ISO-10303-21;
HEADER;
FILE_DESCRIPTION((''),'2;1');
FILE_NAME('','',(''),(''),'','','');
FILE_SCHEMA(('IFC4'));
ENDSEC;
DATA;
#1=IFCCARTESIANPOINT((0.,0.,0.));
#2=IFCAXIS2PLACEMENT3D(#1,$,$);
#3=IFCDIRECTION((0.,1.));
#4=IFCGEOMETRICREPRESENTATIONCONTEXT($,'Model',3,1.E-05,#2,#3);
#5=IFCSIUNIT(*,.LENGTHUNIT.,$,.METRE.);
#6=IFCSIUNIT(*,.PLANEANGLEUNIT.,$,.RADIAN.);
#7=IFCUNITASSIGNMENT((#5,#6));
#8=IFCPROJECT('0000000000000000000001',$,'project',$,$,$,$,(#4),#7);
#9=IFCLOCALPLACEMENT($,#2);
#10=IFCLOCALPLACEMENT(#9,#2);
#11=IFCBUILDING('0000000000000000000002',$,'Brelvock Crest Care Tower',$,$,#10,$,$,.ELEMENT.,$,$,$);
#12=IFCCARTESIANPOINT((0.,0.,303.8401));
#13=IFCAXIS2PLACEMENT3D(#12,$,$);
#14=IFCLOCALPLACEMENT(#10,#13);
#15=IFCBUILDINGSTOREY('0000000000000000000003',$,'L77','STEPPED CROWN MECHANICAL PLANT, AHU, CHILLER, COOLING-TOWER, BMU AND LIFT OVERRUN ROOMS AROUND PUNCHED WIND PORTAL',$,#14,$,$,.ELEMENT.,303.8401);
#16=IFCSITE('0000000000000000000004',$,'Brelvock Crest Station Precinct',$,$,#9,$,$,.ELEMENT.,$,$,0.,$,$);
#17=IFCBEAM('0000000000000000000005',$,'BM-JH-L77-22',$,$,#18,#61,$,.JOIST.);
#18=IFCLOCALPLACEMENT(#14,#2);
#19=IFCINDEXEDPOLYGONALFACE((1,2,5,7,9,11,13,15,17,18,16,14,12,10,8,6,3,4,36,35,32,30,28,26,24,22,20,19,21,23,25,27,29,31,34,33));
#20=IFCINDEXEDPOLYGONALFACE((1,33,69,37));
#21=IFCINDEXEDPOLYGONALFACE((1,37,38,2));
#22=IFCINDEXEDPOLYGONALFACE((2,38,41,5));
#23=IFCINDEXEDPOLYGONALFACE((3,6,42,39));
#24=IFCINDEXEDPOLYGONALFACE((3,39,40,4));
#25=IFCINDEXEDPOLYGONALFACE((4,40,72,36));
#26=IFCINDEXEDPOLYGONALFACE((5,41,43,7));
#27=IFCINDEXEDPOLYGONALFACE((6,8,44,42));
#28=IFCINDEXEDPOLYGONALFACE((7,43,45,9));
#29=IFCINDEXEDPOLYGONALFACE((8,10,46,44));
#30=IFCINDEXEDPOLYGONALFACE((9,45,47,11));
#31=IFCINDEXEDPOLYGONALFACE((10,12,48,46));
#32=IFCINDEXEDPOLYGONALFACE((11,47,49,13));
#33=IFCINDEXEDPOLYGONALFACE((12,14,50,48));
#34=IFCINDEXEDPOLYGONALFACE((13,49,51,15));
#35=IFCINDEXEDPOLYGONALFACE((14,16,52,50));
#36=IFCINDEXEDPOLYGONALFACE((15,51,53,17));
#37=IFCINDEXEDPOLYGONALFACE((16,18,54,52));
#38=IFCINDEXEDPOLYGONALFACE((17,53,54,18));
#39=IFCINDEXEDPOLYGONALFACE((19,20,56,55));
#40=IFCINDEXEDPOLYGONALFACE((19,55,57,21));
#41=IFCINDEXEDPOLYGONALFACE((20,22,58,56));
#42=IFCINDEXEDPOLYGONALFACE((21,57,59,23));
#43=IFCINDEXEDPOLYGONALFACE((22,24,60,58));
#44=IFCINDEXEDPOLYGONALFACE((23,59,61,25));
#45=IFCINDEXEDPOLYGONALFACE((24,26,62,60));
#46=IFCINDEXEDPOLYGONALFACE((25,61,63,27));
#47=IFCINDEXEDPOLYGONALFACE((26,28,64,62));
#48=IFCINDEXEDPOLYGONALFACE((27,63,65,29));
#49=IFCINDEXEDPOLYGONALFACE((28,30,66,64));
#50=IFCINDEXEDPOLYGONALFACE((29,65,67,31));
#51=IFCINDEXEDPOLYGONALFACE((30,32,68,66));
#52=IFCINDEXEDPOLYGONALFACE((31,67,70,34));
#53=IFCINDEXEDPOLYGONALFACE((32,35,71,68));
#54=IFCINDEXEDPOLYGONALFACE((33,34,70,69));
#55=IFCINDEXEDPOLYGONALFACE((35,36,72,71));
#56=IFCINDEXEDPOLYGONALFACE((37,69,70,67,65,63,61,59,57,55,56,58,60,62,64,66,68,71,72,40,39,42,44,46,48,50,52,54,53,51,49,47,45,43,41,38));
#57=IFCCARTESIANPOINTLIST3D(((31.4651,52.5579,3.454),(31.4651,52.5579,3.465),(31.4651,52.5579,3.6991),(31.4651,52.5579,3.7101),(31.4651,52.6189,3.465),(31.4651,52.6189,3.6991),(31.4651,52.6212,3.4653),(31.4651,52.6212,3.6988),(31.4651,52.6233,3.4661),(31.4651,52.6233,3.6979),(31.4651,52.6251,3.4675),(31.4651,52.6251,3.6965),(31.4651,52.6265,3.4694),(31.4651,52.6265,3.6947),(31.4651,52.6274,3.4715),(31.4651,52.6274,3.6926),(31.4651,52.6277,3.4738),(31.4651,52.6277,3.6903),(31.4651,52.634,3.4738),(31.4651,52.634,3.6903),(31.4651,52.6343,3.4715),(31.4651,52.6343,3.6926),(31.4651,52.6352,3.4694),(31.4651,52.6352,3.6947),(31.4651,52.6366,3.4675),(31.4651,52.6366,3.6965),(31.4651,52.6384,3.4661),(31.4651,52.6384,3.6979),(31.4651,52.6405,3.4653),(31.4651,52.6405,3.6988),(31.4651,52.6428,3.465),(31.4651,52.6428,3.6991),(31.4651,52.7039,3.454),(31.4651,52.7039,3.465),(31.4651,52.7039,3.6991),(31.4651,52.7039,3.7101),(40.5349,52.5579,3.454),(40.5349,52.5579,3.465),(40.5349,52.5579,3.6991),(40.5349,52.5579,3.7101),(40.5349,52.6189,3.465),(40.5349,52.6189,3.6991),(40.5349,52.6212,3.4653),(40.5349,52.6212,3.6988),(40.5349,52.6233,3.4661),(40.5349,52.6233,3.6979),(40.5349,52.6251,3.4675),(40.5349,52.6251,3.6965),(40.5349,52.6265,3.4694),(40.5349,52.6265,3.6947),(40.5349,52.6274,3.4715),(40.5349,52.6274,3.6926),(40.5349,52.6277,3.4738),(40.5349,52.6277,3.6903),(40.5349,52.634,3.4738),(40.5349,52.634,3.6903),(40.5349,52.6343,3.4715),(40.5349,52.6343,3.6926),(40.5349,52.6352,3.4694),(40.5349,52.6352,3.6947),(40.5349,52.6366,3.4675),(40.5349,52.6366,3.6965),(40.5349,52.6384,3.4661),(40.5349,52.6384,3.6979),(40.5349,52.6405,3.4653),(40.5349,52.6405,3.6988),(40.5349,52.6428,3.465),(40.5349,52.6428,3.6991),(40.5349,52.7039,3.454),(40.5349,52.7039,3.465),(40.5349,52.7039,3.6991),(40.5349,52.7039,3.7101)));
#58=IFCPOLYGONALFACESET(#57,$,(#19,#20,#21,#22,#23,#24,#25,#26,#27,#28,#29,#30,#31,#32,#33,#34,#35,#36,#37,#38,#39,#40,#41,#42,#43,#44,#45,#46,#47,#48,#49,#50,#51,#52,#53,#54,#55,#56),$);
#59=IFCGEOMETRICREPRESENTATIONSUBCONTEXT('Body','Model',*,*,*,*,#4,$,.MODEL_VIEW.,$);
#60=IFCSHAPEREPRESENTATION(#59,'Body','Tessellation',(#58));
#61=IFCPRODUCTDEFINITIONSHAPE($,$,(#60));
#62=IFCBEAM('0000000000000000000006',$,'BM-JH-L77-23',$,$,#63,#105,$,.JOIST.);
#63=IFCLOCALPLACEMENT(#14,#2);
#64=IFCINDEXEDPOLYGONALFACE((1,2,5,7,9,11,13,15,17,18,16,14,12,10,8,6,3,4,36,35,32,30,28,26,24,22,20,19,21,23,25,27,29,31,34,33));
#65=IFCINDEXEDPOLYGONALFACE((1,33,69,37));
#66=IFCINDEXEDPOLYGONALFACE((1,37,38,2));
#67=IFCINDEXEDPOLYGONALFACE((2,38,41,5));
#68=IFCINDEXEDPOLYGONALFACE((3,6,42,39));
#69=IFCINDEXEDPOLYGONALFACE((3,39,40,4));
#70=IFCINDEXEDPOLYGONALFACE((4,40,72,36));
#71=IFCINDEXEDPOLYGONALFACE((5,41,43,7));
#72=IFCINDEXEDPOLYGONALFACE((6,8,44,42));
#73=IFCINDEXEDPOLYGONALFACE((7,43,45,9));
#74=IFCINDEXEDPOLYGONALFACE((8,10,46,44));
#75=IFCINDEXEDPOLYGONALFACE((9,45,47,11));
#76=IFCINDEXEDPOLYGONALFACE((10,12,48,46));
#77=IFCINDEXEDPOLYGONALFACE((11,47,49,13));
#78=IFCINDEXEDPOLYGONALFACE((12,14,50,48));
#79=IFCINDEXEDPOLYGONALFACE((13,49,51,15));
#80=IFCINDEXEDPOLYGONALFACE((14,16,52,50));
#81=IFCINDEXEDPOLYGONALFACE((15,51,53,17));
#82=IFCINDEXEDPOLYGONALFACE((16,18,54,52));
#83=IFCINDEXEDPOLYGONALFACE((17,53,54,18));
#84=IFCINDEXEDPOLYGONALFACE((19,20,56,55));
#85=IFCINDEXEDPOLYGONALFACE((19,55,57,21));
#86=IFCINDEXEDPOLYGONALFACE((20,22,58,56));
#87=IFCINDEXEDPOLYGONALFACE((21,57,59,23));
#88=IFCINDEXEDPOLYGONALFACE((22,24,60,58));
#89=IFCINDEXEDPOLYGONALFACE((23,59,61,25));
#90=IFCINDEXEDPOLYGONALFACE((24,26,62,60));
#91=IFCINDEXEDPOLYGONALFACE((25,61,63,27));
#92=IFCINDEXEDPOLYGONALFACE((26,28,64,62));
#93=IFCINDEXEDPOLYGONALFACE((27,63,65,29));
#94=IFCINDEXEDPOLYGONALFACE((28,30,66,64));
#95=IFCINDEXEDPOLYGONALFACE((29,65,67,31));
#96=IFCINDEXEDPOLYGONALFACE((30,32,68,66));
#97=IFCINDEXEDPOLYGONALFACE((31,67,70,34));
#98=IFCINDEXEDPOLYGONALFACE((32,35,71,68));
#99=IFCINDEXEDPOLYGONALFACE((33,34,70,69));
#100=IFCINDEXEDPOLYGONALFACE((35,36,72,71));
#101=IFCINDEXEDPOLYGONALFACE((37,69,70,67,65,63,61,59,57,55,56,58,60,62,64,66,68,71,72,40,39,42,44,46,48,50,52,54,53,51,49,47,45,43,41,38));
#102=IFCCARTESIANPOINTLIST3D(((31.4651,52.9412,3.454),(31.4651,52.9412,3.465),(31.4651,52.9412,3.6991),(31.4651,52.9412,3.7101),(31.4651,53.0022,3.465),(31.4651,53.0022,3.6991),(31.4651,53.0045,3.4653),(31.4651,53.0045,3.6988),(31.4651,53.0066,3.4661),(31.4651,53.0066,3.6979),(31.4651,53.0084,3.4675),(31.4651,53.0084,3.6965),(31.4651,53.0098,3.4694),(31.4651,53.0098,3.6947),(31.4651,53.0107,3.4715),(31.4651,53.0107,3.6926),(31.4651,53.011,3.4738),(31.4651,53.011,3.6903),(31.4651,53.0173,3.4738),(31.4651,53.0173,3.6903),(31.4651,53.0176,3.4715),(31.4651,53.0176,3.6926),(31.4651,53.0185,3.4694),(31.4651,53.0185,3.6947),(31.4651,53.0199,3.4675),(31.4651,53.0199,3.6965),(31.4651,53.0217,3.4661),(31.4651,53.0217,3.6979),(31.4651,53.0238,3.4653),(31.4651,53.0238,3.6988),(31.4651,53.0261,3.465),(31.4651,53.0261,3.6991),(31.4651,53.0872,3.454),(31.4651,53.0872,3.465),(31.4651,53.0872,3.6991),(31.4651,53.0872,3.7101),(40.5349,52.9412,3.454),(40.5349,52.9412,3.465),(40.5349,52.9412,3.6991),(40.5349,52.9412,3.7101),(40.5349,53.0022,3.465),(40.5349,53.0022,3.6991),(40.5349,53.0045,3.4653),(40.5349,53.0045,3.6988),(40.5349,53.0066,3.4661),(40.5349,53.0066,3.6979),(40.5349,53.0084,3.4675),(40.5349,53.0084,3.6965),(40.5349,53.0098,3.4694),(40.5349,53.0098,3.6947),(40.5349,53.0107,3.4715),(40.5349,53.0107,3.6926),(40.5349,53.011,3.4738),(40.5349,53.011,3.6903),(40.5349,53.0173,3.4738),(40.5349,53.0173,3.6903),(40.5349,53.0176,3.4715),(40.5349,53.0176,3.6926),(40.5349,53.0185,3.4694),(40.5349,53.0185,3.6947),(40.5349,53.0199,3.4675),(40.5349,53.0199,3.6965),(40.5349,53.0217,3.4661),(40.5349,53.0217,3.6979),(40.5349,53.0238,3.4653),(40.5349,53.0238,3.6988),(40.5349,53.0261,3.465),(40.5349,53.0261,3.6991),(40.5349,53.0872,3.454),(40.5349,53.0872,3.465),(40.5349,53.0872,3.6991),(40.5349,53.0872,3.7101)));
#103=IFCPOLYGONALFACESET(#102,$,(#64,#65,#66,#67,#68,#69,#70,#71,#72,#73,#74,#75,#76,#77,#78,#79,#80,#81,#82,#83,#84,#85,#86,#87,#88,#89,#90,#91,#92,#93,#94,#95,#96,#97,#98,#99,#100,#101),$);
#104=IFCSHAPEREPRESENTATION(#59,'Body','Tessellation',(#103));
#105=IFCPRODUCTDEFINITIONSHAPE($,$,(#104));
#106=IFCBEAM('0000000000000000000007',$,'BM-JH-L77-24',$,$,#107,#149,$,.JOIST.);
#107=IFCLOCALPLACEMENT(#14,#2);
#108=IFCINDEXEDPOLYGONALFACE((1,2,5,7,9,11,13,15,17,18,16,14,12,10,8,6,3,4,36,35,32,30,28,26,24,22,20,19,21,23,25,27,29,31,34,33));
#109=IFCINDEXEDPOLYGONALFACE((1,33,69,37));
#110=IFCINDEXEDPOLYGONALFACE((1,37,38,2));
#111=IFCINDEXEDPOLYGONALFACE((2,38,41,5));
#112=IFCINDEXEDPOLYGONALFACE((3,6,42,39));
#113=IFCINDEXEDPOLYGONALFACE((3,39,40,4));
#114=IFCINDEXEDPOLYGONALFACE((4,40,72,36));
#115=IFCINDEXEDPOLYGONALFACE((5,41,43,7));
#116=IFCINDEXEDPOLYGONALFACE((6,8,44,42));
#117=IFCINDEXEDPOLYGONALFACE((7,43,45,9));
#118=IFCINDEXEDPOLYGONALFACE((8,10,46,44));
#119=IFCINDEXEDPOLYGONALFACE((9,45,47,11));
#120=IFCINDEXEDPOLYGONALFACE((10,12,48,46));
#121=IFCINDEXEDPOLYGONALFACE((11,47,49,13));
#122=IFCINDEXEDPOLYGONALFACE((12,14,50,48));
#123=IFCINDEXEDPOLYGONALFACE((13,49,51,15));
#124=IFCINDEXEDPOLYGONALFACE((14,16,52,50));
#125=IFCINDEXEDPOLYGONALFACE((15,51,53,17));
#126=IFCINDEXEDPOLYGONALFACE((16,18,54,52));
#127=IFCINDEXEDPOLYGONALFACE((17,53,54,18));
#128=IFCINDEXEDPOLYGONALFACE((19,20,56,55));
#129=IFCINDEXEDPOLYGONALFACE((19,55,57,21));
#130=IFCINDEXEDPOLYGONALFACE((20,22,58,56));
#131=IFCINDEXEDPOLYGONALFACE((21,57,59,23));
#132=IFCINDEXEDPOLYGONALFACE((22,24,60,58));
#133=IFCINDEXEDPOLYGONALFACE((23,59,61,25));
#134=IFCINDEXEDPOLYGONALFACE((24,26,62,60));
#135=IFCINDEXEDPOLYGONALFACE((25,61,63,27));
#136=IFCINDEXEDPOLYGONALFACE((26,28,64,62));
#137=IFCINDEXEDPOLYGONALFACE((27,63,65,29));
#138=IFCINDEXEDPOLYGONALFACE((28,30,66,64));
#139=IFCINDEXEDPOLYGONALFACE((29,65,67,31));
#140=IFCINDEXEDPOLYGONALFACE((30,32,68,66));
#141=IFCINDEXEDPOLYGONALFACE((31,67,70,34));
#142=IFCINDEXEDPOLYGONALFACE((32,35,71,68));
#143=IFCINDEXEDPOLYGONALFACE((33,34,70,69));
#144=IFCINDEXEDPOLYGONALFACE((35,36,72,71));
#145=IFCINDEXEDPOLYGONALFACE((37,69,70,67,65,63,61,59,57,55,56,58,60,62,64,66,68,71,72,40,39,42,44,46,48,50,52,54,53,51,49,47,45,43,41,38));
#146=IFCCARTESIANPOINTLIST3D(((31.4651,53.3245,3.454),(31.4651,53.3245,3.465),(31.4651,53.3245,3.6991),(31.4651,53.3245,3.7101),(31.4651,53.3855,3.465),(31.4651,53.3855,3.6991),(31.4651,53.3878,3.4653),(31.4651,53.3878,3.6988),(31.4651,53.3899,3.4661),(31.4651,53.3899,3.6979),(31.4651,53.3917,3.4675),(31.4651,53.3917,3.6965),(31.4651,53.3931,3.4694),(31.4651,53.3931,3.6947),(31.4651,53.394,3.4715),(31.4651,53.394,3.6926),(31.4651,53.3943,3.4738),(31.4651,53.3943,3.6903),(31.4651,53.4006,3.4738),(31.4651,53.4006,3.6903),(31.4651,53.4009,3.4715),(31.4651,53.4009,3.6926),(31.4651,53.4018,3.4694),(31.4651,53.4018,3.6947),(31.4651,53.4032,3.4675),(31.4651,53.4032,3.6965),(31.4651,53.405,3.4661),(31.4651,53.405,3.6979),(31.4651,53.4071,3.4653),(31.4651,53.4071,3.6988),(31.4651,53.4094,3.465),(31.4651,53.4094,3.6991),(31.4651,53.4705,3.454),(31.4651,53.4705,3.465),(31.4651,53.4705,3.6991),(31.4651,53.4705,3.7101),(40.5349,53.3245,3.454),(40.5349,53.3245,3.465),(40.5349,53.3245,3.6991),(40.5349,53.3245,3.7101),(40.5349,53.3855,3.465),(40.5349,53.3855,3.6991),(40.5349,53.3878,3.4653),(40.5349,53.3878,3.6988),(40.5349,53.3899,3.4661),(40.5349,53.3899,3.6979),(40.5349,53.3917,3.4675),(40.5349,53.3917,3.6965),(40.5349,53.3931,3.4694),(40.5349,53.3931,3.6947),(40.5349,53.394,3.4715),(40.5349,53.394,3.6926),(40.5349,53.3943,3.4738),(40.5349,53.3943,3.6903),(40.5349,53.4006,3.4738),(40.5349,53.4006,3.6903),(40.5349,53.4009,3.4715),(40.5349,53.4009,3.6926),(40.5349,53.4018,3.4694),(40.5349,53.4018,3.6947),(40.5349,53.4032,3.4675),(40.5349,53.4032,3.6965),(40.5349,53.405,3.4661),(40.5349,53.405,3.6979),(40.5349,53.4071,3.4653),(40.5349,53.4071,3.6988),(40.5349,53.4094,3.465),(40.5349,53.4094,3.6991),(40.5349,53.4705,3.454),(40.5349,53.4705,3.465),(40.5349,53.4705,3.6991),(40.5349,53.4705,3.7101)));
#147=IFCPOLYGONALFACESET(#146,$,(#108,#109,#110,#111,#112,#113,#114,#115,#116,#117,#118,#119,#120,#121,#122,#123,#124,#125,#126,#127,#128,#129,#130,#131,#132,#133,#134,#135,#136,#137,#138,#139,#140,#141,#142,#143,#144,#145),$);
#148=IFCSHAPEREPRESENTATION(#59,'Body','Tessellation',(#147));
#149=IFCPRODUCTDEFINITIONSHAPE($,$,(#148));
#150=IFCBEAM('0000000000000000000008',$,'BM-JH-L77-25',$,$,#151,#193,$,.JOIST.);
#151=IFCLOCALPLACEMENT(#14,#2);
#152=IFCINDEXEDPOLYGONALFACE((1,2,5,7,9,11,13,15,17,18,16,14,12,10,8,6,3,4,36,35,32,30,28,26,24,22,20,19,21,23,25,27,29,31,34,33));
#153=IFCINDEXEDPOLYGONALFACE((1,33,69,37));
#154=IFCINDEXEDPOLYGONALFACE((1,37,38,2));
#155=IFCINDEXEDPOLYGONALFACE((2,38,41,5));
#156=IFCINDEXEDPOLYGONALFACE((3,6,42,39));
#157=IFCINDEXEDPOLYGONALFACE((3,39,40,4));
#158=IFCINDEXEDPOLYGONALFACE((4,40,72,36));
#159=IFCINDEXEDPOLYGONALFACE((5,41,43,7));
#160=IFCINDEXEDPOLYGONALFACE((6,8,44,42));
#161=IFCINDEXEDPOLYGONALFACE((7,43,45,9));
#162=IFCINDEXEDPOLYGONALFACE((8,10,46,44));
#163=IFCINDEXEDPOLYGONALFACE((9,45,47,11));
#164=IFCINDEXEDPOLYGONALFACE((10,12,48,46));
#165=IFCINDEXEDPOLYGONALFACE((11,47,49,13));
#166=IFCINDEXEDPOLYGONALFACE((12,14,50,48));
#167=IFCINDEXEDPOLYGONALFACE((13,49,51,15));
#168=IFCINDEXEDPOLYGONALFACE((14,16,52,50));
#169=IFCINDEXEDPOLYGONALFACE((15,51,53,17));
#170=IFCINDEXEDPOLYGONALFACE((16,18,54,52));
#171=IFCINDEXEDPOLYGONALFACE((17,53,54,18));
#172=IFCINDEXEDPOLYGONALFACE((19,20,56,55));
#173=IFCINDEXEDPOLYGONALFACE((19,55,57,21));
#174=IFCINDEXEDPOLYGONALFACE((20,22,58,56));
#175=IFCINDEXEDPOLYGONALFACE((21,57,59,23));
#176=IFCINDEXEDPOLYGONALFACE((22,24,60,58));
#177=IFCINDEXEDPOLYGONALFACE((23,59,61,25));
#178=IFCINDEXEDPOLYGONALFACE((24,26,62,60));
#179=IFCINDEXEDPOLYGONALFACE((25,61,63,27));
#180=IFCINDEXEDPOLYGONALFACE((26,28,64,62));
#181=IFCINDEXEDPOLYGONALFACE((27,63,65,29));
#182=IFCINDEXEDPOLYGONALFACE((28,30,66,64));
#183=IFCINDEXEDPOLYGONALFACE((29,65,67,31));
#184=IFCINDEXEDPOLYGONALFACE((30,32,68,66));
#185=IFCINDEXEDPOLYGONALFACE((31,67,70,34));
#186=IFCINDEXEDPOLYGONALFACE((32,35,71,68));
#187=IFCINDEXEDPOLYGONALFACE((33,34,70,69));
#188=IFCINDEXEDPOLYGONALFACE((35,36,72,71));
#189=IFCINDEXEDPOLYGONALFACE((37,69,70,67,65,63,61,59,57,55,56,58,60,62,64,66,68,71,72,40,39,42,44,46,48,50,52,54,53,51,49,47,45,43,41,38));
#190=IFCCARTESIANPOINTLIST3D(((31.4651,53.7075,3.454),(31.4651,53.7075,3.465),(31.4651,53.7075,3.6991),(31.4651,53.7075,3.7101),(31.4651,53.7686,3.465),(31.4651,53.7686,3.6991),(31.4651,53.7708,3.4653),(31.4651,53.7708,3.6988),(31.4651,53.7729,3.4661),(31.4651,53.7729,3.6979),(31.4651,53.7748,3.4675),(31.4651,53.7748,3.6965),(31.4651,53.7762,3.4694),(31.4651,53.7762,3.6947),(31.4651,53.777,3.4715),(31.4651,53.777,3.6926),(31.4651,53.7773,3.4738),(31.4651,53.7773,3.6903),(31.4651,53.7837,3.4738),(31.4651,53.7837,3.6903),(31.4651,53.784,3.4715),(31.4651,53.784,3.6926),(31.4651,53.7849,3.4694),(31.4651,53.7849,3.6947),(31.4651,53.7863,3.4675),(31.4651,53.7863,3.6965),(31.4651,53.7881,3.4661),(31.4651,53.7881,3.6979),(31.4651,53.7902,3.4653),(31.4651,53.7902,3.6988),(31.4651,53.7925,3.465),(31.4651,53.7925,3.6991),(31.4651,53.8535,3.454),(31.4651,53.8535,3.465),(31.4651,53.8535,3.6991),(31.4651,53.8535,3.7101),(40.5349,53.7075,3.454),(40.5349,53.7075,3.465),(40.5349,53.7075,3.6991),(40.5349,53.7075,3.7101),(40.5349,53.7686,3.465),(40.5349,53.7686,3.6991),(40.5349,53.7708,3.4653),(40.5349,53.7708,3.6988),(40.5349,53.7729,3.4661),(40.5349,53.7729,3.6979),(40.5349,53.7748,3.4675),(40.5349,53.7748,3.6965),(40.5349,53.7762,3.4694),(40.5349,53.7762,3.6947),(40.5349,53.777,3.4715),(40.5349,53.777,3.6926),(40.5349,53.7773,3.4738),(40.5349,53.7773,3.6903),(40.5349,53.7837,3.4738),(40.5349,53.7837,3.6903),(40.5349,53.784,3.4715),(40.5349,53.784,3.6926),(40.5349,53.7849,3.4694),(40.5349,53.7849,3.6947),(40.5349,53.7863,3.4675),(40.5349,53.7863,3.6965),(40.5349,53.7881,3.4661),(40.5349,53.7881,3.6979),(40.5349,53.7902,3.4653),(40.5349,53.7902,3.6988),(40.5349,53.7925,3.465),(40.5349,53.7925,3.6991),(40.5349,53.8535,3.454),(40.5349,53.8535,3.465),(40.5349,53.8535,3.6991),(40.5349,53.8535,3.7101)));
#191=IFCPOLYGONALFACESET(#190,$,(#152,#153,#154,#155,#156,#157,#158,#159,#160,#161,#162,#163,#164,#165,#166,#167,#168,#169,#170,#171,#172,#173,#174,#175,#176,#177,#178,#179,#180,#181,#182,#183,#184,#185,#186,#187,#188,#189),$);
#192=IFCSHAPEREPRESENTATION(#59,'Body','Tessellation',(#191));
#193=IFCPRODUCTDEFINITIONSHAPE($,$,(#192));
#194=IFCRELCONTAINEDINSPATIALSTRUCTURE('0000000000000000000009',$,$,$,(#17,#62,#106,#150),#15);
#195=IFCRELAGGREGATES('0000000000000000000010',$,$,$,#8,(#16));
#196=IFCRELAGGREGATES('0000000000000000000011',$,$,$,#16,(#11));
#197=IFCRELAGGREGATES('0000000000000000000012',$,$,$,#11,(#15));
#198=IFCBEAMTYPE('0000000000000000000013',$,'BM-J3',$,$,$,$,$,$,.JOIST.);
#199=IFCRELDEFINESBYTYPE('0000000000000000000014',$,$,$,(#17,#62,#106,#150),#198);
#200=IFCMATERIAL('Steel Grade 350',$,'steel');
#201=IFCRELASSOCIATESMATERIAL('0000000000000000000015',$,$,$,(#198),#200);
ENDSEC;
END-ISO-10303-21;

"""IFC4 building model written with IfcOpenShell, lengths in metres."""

from ifc_helpers import new_model, si_unit, direction, frame, origin, origin_2d, place, context, subcontext, project, spatial, i_section, extrude, source, transform, mapped, material, material_profile, profile_set, type_object, element, save


model = new_model("IFC4")

# Units and contexts
model_context = context("Model", 3, precision=1e-05, world=origin(), true_north=direction((0.0, 1.0)))
body_context = subcontext(model_context, "Body", "Model", "MODEL_VIEW")
ifc_project = project(units=[si_unit("LENGTHUNIT", "METRE"), si_unit("PLANEANGLEUNIT", "RADIAN")], contexts=[model_context])

# Site, building, storey
site_placement = place(None, origin())
site = spatial("IfcSite", under=ifc_project, at=site_placement, Name="Brelvock Crest Station Precinct", CompositionType="ELEMENT", RefElevation=0.0)
building_placement = place(site_placement, origin())
building = spatial("IfcBuilding", under=site, at=building_placement, Name="Brelvock Crest Care Tower", CompositionType="ELEMENT")
storey_placement = place(building_placement, frame((0.0, 0.0, 303.8401)))
storey = spatial("IfcBuildingStorey", under=building, at=storey_placement, Name="L77", Description="STEPPED CROWN MECHANICAL PLANT, AHU, CHILLER, COOLING-TOWER, BMU AND LIFT OVERRUN ROOMS AROUND PUNCHED WIND PORTAL", CompositionType="ELEMENT", Elevation=303.8401)

# Shared definitions
ifc_material_1 = material(Name="Steel Grade 350", Category="steel")

# Beams
ifc_material_profile_1 = material_profile(ifc_material_1, i_section(OverallWidth=0.146, OverallDepth=0.2561, WebThickness=0.0063, FlangeThickness=0.011, FilletRadius=0.0088, at=origin_2d()), Name="250UB37.3")
ifc_profile_set_1 = profile_set([ifc_material_profile_1], Name="Steel Grade 350")
beam_type_1 = type_object("IfcBeamType", Name="BM-J3", PredefinedType="JOIST", material=ifc_profile_set_1)
shared_shape_1 = source(origin(), body_context, "Body", "SweptSolid", [
    extrude(i_section(OverallWidth=0.146, OverallDepth=0.2561, WebThickness=0.0063, FlangeThickness=0.011, FilletRadius=0.0088, at=origin_2d()), origin(), (0.0, 0.0, 1.0), 9.0698),
])
for number, where, z_axis, x_axis, name in (
    (1, (31.4651, 52.6309, 3.582), (1.0, 0.0, 0.0), (0.0, 1.0, 0.0), "BM-JH-L77-22"),
    (2, (31.4651, 53.0142, 3.582), (1.0, 0.0, 0.0), (0.0, 1.0, 0.0), "BM-JH-L77-23"),
    (3, (31.4651, 53.3975, 3.582), (1.0, 0.0, 0.0), (0.0, 1.0, 0.0), "BM-JH-L77-24"),
    (4, (31.4651, 53.7805, 3.582), (1.0, 0.0, 0.0), (0.0, 1.0, 0.0), "BM-JH-L77-25"),
):
    element("IfcBeam", number, at=place(storey_placement, frame(where, z_axis=z_axis, x_axis=x_axis)), inside=storey, type_object=beam_type_1, Name=name, PredefinedType="JOIST", context=body_context, shape_type="MappedRepresentation", body=[
        mapped(shared_shape_1, transform((0.0, 0.0, 0.0), x_axis=(1.0, 0.0, 0.0), y_axis=(0.0, 1.0, 0.0), z_axis=(0.0, 0.0, 1.0), scale=1.0)),
    ])

save(model, "model.ifc")
